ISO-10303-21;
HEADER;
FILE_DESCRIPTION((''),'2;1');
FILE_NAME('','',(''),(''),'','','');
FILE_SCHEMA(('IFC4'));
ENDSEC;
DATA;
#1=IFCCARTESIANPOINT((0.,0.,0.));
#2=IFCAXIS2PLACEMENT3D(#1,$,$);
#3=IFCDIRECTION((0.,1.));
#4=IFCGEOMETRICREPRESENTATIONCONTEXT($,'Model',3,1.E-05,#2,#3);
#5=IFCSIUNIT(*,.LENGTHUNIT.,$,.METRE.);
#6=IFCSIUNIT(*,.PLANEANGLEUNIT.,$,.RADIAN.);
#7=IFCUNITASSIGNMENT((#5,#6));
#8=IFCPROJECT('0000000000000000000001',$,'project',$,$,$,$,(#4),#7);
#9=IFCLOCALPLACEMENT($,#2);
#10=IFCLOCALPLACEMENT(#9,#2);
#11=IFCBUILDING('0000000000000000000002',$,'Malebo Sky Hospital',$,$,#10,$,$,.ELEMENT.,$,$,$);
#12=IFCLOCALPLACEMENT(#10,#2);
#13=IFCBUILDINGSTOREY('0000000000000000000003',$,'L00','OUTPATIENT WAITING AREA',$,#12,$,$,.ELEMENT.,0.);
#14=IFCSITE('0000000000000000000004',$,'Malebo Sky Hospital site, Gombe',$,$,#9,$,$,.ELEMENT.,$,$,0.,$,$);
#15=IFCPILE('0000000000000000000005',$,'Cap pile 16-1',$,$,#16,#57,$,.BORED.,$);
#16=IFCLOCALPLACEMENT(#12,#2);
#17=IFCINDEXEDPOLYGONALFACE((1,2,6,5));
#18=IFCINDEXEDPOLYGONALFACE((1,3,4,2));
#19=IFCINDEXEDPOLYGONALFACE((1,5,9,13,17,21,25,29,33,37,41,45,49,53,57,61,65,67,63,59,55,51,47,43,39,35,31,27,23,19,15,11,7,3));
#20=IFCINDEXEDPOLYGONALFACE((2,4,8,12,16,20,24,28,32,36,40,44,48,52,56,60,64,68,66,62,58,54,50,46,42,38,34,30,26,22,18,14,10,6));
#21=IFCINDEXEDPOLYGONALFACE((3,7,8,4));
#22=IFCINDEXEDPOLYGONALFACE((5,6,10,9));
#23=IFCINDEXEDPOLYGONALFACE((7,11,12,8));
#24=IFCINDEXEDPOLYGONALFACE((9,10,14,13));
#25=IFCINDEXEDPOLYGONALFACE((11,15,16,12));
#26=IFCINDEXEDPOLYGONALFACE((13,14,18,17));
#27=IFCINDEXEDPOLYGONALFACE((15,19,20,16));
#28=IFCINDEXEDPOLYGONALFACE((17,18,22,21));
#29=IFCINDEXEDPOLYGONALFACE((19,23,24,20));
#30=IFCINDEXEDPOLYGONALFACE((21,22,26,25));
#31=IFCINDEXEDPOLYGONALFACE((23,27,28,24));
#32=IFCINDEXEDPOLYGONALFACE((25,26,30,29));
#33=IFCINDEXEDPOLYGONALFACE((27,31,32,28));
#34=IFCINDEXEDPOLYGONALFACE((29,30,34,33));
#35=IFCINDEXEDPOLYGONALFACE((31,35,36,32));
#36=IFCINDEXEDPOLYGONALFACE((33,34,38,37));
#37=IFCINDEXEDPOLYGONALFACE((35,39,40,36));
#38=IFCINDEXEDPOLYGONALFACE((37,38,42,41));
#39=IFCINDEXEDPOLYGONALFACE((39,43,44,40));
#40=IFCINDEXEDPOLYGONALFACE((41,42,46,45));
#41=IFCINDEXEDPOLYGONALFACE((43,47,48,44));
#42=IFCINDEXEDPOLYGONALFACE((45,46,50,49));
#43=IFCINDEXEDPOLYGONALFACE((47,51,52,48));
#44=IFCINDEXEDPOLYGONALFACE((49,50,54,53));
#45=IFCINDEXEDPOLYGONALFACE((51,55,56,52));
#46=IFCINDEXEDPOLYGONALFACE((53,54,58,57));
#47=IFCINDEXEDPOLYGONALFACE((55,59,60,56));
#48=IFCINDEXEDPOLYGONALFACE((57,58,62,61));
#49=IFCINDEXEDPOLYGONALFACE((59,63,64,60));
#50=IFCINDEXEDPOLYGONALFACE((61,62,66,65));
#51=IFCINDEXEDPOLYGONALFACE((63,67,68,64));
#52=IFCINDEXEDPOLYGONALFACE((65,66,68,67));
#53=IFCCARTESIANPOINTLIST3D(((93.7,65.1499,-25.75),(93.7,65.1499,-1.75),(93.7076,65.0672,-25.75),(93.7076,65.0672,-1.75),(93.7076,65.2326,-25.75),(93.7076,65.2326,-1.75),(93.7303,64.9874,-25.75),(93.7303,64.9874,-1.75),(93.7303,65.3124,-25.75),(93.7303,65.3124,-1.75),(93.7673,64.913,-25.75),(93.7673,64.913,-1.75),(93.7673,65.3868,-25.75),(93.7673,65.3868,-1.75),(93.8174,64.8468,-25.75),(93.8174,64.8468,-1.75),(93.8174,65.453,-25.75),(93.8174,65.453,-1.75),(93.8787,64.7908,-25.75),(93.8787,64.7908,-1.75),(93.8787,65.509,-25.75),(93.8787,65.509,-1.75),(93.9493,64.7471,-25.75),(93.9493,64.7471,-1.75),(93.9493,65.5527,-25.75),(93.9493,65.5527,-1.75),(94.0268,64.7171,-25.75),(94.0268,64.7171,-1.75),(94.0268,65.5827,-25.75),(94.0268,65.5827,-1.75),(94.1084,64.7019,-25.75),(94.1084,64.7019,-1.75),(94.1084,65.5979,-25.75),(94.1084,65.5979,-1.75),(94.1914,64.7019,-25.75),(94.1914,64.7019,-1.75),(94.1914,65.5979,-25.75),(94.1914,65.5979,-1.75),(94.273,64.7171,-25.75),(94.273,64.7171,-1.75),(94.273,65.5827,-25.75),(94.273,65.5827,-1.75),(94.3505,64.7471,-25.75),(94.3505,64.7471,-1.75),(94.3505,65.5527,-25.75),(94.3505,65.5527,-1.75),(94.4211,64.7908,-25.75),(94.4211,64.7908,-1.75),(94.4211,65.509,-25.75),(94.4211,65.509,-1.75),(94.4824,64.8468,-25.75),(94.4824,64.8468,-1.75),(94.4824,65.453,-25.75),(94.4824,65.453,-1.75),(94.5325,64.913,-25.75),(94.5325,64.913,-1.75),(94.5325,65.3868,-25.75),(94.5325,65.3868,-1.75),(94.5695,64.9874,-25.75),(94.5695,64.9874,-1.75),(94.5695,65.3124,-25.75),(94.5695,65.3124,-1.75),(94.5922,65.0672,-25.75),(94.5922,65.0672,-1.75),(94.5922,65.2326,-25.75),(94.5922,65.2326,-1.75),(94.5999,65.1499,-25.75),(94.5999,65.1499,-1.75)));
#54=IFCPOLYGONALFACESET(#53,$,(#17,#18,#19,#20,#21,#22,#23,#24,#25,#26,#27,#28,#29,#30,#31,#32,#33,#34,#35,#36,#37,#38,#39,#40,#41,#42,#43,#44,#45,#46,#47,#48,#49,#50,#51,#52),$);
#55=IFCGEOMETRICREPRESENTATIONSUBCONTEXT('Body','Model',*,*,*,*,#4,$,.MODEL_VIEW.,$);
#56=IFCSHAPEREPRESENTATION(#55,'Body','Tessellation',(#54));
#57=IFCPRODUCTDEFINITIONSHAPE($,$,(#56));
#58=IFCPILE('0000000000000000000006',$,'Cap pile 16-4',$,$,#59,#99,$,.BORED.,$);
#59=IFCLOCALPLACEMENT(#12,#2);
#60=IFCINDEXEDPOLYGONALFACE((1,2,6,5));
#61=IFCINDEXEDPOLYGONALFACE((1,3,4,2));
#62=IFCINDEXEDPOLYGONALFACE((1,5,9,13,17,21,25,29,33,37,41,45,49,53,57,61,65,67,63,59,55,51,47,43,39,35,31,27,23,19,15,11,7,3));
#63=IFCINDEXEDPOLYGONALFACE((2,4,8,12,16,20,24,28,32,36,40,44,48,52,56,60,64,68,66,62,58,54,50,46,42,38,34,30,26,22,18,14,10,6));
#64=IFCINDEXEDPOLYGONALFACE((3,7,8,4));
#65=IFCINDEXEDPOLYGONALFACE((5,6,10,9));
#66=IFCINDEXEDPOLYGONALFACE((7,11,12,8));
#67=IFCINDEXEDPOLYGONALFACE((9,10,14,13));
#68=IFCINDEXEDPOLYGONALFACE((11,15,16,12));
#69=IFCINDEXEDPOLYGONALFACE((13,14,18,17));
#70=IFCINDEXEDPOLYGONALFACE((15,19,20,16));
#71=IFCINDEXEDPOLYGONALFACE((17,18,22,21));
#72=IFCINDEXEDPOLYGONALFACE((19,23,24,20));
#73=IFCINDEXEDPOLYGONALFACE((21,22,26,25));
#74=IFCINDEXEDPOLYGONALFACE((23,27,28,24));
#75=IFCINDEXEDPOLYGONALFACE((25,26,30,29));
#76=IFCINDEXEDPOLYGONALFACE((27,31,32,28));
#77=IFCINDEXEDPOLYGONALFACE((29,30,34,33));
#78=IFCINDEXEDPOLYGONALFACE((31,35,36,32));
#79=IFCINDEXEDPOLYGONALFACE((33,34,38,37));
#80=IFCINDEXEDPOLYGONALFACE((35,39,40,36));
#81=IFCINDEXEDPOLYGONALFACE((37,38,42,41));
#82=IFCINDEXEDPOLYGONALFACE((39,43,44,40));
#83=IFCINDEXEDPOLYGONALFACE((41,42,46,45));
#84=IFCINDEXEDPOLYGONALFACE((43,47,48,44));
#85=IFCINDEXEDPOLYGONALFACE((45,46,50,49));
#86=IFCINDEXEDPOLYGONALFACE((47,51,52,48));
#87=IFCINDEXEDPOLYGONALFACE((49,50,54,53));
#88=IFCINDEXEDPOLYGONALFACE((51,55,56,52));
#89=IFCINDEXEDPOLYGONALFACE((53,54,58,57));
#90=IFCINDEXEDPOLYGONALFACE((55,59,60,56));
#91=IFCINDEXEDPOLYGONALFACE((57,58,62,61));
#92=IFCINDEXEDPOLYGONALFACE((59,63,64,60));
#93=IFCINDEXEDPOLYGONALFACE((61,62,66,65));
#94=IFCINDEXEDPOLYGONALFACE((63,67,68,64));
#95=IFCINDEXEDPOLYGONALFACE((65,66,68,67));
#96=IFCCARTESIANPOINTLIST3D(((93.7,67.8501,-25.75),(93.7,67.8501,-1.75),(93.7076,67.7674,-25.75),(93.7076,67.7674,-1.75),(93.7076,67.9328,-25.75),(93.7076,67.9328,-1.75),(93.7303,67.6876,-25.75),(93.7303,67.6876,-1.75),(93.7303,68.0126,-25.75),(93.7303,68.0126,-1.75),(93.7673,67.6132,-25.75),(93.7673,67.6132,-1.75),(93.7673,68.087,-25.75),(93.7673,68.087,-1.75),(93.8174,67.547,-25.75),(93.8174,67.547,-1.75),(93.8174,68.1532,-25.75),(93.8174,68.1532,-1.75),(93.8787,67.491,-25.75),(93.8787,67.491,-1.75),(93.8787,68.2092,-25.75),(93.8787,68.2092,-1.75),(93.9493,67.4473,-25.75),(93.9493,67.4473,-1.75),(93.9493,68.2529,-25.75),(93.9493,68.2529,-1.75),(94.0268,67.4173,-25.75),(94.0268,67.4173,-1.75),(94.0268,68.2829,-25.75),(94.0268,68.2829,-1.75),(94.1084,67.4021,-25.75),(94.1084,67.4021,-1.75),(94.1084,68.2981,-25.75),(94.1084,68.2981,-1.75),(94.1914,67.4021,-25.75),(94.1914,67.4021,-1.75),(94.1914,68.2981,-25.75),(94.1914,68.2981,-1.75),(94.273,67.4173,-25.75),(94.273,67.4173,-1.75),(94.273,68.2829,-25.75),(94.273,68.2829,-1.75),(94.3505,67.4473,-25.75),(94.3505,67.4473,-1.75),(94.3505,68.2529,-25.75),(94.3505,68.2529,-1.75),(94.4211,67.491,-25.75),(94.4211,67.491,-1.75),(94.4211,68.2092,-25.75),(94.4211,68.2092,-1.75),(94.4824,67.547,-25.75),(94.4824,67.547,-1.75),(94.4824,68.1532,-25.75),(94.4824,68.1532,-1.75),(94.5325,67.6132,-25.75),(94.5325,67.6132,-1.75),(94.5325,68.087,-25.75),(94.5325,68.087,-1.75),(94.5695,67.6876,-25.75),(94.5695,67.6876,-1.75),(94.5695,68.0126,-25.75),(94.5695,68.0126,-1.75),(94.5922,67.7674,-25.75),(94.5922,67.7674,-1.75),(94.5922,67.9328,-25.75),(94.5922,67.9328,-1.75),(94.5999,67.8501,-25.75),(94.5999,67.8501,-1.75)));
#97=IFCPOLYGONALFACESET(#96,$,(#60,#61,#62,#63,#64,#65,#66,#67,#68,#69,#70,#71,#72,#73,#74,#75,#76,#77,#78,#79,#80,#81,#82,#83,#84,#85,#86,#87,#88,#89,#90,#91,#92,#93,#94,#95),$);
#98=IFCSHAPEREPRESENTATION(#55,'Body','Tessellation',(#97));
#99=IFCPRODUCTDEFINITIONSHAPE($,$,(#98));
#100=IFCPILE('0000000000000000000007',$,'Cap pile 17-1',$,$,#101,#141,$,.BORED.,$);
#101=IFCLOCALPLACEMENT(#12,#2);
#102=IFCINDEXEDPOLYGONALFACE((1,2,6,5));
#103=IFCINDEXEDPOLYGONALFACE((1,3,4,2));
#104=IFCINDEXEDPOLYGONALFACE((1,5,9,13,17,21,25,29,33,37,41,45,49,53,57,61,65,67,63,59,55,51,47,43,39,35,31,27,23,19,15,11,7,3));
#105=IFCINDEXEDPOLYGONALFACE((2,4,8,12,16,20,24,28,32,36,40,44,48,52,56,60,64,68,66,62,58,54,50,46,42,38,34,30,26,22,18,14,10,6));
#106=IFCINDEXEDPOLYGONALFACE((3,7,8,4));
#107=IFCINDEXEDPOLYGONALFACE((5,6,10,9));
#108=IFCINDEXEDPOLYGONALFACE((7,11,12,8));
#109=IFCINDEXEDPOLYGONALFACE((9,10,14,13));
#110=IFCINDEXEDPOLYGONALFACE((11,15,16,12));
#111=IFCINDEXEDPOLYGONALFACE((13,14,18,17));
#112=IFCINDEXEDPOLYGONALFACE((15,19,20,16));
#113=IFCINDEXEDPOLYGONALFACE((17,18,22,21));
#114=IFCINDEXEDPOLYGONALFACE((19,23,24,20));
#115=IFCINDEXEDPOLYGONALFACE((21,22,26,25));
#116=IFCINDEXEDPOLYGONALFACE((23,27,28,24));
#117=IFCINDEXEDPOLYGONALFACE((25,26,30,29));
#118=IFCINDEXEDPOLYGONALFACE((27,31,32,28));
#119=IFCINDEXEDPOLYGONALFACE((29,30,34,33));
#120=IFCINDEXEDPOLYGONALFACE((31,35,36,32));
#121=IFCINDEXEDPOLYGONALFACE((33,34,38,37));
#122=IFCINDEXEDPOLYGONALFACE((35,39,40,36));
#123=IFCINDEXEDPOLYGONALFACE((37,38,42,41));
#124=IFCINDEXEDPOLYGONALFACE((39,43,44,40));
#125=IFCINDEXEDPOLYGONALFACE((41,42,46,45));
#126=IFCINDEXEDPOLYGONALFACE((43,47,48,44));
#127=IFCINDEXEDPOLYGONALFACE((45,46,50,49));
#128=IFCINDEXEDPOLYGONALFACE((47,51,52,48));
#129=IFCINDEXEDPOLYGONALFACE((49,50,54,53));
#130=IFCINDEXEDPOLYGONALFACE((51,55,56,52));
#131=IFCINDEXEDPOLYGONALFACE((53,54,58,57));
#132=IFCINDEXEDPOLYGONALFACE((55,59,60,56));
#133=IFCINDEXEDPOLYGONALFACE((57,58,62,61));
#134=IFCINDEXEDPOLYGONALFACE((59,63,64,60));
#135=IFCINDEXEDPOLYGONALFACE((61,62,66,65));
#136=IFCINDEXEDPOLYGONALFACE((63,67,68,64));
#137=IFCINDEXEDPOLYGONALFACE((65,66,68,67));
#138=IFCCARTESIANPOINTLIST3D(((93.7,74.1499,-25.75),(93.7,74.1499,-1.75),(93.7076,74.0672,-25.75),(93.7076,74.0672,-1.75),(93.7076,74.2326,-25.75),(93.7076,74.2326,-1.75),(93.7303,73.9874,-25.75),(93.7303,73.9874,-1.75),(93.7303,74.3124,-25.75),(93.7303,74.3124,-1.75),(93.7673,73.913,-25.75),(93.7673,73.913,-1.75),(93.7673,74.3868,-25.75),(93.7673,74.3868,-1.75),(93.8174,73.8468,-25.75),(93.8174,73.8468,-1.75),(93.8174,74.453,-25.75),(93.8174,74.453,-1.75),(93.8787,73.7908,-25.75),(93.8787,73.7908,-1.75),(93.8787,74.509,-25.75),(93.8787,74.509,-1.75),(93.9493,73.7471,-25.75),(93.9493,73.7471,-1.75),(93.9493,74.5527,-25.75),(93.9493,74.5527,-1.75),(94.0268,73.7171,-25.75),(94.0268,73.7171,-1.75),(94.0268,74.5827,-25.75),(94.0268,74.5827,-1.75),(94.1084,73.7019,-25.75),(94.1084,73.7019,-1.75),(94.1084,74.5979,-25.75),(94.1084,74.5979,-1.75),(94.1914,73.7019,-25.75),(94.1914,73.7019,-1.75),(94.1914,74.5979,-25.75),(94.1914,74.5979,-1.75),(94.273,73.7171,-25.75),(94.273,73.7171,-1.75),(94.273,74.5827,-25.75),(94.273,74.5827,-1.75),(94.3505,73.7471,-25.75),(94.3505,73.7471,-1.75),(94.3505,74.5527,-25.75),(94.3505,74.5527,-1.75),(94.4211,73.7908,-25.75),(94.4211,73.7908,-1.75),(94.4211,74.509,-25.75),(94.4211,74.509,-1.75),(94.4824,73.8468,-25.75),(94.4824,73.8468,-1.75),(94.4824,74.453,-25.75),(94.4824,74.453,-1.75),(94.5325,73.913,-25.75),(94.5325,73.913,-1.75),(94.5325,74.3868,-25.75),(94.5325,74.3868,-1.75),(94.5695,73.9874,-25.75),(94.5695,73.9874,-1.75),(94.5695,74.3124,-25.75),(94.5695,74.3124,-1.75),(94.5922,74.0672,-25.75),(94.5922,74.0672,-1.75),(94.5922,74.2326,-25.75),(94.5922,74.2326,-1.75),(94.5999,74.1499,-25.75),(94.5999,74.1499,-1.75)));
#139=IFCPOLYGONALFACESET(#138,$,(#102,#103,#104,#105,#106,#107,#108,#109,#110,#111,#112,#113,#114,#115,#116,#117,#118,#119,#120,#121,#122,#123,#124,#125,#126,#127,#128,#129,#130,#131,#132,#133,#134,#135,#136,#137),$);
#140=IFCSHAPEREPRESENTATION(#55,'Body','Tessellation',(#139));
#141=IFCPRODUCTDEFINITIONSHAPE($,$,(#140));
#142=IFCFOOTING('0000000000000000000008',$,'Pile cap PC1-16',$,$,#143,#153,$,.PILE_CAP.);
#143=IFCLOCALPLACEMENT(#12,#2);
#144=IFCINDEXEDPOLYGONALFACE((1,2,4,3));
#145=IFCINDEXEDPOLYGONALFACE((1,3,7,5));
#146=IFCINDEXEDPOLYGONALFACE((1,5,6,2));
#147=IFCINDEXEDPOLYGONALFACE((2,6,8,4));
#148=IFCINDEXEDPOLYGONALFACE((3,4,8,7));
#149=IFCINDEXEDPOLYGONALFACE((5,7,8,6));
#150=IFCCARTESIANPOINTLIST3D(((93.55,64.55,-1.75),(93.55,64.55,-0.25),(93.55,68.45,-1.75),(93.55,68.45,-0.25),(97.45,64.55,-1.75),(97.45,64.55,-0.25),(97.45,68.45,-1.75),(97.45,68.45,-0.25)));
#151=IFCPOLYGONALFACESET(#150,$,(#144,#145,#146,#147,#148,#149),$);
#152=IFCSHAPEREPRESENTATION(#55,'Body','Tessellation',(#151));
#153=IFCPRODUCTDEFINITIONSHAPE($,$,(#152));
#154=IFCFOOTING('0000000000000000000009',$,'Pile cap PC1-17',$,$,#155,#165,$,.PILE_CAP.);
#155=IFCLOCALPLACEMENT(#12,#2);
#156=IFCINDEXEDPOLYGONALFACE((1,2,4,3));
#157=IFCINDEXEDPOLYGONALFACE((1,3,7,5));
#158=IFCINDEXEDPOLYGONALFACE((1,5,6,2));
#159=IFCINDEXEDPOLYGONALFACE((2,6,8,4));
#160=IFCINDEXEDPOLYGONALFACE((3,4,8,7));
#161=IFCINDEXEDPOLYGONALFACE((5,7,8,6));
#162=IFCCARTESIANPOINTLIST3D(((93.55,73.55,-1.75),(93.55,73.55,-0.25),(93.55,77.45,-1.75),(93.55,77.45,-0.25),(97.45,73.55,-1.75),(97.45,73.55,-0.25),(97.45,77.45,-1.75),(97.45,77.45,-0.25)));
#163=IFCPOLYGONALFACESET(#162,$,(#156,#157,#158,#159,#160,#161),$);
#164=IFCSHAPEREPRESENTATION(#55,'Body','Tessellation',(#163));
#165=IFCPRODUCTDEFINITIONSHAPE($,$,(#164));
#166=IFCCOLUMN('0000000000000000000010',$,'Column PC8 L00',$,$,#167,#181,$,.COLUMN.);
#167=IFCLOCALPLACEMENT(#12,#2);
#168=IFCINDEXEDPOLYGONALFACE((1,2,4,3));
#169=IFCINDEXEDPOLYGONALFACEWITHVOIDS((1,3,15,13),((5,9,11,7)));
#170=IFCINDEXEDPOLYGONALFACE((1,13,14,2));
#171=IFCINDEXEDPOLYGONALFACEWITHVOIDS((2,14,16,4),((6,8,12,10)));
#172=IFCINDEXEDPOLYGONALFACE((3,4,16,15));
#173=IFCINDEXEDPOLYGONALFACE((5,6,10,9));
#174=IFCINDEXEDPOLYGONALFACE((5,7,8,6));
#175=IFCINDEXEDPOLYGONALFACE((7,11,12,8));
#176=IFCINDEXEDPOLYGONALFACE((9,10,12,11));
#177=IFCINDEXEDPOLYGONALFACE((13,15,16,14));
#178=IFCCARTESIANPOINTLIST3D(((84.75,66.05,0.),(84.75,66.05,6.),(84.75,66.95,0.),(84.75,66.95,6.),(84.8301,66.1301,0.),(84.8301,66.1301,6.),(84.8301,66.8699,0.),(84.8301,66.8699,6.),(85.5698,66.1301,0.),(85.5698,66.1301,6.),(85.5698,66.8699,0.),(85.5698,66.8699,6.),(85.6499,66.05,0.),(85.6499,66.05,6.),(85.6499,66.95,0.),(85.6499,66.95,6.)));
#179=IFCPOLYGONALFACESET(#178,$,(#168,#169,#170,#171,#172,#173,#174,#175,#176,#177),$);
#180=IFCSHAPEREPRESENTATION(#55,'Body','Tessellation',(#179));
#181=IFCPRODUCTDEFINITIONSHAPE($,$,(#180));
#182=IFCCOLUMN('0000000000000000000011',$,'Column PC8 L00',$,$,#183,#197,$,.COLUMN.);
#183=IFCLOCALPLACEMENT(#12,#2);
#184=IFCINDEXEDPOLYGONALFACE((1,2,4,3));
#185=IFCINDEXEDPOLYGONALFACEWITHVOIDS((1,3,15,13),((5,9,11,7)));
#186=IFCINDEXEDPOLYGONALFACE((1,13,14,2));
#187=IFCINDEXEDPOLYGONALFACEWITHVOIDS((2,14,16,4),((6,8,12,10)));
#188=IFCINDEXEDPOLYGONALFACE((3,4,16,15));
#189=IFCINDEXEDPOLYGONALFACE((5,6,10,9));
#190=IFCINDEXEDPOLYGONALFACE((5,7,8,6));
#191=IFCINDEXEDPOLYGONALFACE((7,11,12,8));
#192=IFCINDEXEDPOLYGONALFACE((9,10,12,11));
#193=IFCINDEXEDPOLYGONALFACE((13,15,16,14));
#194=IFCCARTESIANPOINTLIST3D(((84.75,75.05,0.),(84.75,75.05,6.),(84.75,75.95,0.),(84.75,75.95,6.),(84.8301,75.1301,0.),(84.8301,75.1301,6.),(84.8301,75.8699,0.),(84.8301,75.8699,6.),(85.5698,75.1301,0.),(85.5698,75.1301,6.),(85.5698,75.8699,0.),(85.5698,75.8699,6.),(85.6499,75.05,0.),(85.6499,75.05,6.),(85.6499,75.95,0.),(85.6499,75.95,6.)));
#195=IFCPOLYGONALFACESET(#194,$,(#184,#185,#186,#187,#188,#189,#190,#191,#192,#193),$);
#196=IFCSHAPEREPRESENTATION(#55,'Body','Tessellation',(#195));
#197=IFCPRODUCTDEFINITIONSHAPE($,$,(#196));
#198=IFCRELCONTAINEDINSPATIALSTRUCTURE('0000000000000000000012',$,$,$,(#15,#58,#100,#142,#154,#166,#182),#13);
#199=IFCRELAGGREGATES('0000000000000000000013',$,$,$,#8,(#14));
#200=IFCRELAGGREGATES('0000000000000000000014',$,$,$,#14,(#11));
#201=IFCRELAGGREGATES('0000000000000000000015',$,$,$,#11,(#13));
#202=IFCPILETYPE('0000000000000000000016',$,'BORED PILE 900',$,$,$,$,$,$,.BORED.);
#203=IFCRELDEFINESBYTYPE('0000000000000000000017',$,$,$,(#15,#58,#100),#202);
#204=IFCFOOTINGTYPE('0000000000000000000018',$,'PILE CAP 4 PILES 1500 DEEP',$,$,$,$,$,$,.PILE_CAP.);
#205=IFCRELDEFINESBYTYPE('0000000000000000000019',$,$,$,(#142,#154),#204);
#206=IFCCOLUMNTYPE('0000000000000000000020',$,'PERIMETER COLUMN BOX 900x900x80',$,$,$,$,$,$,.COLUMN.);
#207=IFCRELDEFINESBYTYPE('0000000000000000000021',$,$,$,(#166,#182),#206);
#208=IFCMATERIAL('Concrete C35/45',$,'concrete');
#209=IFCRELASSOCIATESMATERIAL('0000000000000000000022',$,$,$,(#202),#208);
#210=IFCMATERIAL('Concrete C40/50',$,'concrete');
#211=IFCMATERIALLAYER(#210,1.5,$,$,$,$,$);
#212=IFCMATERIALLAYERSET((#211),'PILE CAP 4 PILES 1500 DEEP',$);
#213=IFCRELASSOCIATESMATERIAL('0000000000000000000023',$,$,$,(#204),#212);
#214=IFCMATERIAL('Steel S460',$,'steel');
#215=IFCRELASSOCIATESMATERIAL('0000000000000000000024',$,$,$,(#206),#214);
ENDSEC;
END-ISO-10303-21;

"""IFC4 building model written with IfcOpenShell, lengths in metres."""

from ifc_helpers import new_model, si_unit, direction, frame, origin, origin_2d, place, context, subcontext, project, spatial, rectangle, hollow_rectangle, circle, extrude, material, layer, layer_set, material_profile, profile_set, type_object, element, save


model = new_model("IFC4")

# Units and contexts
model_context = context("Model", 3, precision=1e-05, world=origin(), true_north=direction((0.0, 1.0)))
body_context = subcontext(model_context, "Body", "Model", "MODEL_VIEW")
ifc_project = project(units=[si_unit("LENGTHUNIT", "METRE"), si_unit("PLANEANGLEUNIT", "RADIAN")], contexts=[model_context])

# Site, building, storey
site_placement = place(None, origin())
site = spatial("IfcSite", under=ifc_project, at=site_placement, Name="Malebo Sky Hospital site, Gombe", CompositionType="ELEMENT", RefElevation=0.0)
building_placement = place(site_placement, origin())
building = spatial("IfcBuilding", under=site, at=building_placement, Name="Malebo Sky Hospital", CompositionType="ELEMENT")
storey_placement = place(building_placement, origin())
storey = spatial("IfcBuildingStorey", under=building, at=storey_placement, Name="L00", Description="OUTPATIENT WAITING AREA", CompositionType="ELEMENT", Elevation=0.0)

# Piles
ifc_material_1 = material(Name="Concrete C35/45", Category="concrete")
ifc_material_profile_1 = material_profile(ifc_material_1, circle(Radius=0.45, at=origin_2d()), Name="BP 900")
ifc_profile_set_1 = profile_set([ifc_material_profile_1], Name="Concrete C35/45")
pile_type_1 = type_object("IfcPileType", Name="BORED PILE 900", PredefinedType="BORED", material=ifc_profile_set_1)
for number, where, z_axis, x_axis, name in (
    (1, (94.1499, 65.1499, -1.75), (0.0, 0.0, -1.0), (1.0, 0.0, 0.0), "Cap pile 16-1"),
    (2, (94.1499, 67.8501, -1.75), (0.0, 0.0, -1.0), (1.0, 0.0, 0.0), "Cap pile 16-4"),
    (3, (94.1499, 74.1499, -1.75), (0.0, 0.0, -1.0), (1.0, 0.0, 0.0), "Cap pile 17-1"),
):
    element("IfcPile", number, at=place(storey_placement, frame(where, z_axis=z_axis, x_axis=x_axis)), inside=storey, type_object=pile_type_1, Name=name, PredefinedType="BORED", context=body_context, shape_type="SweptSolid", body=[
        extrude(circle(Radius=0.45, at=origin_2d()), origin(), (0.0, 0.0, 1.0), 24.0),
    ])

# Footings
ifc_material_2 = material(Name="Concrete C40/50", Category="concrete")
ifc_layer_1 = layer(ifc_material_2, 1.5)
ifc_layer_set_1 = layer_set([ifc_layer_1], Name="PILE CAP 4 PILES 1500 DEEP")
footing_type = type_object("IfcFootingType", Name="PILE CAP 4 PILES 1500 DEEP", PredefinedType="PILE_CAP", material=ifc_layer_set_1)
for number, where, z_axis, x_axis, name in (
    (4, (95.5, 66.5, -1.75), (0.0, 0.0, 1.0), (1.0, 0.0, 0.0), "Pile cap PC1-16"),
    (5, (95.5, 75.5, -1.75), (0.0, 0.0, 1.0), (1.0, 0.0, 0.0), "Pile cap PC1-17"),
):
    element("IfcFooting", number, at=place(storey_placement, frame(where, z_axis=z_axis, x_axis=x_axis)), inside=storey, type_object=footing_type, Name=name, PredefinedType="PILE_CAP", context=body_context, shape_type="SweptSolid", body=[
        extrude(rectangle(XDim=3.8999, YDim=3.8999, at=origin_2d()), origin(), (0.0, 0.0, 1.0), 1.5),
    ])

# Columns
ifc_material_3 = material(Name="Steel S460", Category="steel")
ifc_material_profile_2 = material_profile(ifc_material_3, hollow_rectangle(XDim=0.8999, YDim=0.8999, WallThickness=0.0801, at=origin_2d()), Name="BOX 900x900x80")
ifc_profile_set_2 = profile_set([ifc_material_profile_2], Name="Steel S460")
column_type_1 = type_object("IfcColumnType", Name="PERIMETER COLUMN BOX 900x900x80", PredefinedType="COLUMN", material=ifc_profile_set_2)
for number, where, z_axis, x_axis, name in (
    (6, (85.2, 66.5, 0.0), (0.0, 0.0, 1.0), (1.0, 0.0, 0.0), "Column PC8 L00"),
    (7, (85.2, 75.5, 0.0), (0.0, 0.0, 1.0), (1.0, 0.0, 0.0), "Column PC8 L00"),
):
    element("IfcColumn", number, at=place(storey_placement, frame(where, z_axis=z_axis, x_axis=x_axis)), inside=storey, type_object=column_type_1, Name=name, PredefinedType="COLUMN", context=body_context, shape_type="SweptSolid", body=[
        extrude(hollow_rectangle(XDim=0.8999, YDim=0.8999, WallThickness=0.0801, at=origin_2d()), origin(), (0.0, 0.0, 1.0), 6.0),
    ])

save(model, "model.ifc")
